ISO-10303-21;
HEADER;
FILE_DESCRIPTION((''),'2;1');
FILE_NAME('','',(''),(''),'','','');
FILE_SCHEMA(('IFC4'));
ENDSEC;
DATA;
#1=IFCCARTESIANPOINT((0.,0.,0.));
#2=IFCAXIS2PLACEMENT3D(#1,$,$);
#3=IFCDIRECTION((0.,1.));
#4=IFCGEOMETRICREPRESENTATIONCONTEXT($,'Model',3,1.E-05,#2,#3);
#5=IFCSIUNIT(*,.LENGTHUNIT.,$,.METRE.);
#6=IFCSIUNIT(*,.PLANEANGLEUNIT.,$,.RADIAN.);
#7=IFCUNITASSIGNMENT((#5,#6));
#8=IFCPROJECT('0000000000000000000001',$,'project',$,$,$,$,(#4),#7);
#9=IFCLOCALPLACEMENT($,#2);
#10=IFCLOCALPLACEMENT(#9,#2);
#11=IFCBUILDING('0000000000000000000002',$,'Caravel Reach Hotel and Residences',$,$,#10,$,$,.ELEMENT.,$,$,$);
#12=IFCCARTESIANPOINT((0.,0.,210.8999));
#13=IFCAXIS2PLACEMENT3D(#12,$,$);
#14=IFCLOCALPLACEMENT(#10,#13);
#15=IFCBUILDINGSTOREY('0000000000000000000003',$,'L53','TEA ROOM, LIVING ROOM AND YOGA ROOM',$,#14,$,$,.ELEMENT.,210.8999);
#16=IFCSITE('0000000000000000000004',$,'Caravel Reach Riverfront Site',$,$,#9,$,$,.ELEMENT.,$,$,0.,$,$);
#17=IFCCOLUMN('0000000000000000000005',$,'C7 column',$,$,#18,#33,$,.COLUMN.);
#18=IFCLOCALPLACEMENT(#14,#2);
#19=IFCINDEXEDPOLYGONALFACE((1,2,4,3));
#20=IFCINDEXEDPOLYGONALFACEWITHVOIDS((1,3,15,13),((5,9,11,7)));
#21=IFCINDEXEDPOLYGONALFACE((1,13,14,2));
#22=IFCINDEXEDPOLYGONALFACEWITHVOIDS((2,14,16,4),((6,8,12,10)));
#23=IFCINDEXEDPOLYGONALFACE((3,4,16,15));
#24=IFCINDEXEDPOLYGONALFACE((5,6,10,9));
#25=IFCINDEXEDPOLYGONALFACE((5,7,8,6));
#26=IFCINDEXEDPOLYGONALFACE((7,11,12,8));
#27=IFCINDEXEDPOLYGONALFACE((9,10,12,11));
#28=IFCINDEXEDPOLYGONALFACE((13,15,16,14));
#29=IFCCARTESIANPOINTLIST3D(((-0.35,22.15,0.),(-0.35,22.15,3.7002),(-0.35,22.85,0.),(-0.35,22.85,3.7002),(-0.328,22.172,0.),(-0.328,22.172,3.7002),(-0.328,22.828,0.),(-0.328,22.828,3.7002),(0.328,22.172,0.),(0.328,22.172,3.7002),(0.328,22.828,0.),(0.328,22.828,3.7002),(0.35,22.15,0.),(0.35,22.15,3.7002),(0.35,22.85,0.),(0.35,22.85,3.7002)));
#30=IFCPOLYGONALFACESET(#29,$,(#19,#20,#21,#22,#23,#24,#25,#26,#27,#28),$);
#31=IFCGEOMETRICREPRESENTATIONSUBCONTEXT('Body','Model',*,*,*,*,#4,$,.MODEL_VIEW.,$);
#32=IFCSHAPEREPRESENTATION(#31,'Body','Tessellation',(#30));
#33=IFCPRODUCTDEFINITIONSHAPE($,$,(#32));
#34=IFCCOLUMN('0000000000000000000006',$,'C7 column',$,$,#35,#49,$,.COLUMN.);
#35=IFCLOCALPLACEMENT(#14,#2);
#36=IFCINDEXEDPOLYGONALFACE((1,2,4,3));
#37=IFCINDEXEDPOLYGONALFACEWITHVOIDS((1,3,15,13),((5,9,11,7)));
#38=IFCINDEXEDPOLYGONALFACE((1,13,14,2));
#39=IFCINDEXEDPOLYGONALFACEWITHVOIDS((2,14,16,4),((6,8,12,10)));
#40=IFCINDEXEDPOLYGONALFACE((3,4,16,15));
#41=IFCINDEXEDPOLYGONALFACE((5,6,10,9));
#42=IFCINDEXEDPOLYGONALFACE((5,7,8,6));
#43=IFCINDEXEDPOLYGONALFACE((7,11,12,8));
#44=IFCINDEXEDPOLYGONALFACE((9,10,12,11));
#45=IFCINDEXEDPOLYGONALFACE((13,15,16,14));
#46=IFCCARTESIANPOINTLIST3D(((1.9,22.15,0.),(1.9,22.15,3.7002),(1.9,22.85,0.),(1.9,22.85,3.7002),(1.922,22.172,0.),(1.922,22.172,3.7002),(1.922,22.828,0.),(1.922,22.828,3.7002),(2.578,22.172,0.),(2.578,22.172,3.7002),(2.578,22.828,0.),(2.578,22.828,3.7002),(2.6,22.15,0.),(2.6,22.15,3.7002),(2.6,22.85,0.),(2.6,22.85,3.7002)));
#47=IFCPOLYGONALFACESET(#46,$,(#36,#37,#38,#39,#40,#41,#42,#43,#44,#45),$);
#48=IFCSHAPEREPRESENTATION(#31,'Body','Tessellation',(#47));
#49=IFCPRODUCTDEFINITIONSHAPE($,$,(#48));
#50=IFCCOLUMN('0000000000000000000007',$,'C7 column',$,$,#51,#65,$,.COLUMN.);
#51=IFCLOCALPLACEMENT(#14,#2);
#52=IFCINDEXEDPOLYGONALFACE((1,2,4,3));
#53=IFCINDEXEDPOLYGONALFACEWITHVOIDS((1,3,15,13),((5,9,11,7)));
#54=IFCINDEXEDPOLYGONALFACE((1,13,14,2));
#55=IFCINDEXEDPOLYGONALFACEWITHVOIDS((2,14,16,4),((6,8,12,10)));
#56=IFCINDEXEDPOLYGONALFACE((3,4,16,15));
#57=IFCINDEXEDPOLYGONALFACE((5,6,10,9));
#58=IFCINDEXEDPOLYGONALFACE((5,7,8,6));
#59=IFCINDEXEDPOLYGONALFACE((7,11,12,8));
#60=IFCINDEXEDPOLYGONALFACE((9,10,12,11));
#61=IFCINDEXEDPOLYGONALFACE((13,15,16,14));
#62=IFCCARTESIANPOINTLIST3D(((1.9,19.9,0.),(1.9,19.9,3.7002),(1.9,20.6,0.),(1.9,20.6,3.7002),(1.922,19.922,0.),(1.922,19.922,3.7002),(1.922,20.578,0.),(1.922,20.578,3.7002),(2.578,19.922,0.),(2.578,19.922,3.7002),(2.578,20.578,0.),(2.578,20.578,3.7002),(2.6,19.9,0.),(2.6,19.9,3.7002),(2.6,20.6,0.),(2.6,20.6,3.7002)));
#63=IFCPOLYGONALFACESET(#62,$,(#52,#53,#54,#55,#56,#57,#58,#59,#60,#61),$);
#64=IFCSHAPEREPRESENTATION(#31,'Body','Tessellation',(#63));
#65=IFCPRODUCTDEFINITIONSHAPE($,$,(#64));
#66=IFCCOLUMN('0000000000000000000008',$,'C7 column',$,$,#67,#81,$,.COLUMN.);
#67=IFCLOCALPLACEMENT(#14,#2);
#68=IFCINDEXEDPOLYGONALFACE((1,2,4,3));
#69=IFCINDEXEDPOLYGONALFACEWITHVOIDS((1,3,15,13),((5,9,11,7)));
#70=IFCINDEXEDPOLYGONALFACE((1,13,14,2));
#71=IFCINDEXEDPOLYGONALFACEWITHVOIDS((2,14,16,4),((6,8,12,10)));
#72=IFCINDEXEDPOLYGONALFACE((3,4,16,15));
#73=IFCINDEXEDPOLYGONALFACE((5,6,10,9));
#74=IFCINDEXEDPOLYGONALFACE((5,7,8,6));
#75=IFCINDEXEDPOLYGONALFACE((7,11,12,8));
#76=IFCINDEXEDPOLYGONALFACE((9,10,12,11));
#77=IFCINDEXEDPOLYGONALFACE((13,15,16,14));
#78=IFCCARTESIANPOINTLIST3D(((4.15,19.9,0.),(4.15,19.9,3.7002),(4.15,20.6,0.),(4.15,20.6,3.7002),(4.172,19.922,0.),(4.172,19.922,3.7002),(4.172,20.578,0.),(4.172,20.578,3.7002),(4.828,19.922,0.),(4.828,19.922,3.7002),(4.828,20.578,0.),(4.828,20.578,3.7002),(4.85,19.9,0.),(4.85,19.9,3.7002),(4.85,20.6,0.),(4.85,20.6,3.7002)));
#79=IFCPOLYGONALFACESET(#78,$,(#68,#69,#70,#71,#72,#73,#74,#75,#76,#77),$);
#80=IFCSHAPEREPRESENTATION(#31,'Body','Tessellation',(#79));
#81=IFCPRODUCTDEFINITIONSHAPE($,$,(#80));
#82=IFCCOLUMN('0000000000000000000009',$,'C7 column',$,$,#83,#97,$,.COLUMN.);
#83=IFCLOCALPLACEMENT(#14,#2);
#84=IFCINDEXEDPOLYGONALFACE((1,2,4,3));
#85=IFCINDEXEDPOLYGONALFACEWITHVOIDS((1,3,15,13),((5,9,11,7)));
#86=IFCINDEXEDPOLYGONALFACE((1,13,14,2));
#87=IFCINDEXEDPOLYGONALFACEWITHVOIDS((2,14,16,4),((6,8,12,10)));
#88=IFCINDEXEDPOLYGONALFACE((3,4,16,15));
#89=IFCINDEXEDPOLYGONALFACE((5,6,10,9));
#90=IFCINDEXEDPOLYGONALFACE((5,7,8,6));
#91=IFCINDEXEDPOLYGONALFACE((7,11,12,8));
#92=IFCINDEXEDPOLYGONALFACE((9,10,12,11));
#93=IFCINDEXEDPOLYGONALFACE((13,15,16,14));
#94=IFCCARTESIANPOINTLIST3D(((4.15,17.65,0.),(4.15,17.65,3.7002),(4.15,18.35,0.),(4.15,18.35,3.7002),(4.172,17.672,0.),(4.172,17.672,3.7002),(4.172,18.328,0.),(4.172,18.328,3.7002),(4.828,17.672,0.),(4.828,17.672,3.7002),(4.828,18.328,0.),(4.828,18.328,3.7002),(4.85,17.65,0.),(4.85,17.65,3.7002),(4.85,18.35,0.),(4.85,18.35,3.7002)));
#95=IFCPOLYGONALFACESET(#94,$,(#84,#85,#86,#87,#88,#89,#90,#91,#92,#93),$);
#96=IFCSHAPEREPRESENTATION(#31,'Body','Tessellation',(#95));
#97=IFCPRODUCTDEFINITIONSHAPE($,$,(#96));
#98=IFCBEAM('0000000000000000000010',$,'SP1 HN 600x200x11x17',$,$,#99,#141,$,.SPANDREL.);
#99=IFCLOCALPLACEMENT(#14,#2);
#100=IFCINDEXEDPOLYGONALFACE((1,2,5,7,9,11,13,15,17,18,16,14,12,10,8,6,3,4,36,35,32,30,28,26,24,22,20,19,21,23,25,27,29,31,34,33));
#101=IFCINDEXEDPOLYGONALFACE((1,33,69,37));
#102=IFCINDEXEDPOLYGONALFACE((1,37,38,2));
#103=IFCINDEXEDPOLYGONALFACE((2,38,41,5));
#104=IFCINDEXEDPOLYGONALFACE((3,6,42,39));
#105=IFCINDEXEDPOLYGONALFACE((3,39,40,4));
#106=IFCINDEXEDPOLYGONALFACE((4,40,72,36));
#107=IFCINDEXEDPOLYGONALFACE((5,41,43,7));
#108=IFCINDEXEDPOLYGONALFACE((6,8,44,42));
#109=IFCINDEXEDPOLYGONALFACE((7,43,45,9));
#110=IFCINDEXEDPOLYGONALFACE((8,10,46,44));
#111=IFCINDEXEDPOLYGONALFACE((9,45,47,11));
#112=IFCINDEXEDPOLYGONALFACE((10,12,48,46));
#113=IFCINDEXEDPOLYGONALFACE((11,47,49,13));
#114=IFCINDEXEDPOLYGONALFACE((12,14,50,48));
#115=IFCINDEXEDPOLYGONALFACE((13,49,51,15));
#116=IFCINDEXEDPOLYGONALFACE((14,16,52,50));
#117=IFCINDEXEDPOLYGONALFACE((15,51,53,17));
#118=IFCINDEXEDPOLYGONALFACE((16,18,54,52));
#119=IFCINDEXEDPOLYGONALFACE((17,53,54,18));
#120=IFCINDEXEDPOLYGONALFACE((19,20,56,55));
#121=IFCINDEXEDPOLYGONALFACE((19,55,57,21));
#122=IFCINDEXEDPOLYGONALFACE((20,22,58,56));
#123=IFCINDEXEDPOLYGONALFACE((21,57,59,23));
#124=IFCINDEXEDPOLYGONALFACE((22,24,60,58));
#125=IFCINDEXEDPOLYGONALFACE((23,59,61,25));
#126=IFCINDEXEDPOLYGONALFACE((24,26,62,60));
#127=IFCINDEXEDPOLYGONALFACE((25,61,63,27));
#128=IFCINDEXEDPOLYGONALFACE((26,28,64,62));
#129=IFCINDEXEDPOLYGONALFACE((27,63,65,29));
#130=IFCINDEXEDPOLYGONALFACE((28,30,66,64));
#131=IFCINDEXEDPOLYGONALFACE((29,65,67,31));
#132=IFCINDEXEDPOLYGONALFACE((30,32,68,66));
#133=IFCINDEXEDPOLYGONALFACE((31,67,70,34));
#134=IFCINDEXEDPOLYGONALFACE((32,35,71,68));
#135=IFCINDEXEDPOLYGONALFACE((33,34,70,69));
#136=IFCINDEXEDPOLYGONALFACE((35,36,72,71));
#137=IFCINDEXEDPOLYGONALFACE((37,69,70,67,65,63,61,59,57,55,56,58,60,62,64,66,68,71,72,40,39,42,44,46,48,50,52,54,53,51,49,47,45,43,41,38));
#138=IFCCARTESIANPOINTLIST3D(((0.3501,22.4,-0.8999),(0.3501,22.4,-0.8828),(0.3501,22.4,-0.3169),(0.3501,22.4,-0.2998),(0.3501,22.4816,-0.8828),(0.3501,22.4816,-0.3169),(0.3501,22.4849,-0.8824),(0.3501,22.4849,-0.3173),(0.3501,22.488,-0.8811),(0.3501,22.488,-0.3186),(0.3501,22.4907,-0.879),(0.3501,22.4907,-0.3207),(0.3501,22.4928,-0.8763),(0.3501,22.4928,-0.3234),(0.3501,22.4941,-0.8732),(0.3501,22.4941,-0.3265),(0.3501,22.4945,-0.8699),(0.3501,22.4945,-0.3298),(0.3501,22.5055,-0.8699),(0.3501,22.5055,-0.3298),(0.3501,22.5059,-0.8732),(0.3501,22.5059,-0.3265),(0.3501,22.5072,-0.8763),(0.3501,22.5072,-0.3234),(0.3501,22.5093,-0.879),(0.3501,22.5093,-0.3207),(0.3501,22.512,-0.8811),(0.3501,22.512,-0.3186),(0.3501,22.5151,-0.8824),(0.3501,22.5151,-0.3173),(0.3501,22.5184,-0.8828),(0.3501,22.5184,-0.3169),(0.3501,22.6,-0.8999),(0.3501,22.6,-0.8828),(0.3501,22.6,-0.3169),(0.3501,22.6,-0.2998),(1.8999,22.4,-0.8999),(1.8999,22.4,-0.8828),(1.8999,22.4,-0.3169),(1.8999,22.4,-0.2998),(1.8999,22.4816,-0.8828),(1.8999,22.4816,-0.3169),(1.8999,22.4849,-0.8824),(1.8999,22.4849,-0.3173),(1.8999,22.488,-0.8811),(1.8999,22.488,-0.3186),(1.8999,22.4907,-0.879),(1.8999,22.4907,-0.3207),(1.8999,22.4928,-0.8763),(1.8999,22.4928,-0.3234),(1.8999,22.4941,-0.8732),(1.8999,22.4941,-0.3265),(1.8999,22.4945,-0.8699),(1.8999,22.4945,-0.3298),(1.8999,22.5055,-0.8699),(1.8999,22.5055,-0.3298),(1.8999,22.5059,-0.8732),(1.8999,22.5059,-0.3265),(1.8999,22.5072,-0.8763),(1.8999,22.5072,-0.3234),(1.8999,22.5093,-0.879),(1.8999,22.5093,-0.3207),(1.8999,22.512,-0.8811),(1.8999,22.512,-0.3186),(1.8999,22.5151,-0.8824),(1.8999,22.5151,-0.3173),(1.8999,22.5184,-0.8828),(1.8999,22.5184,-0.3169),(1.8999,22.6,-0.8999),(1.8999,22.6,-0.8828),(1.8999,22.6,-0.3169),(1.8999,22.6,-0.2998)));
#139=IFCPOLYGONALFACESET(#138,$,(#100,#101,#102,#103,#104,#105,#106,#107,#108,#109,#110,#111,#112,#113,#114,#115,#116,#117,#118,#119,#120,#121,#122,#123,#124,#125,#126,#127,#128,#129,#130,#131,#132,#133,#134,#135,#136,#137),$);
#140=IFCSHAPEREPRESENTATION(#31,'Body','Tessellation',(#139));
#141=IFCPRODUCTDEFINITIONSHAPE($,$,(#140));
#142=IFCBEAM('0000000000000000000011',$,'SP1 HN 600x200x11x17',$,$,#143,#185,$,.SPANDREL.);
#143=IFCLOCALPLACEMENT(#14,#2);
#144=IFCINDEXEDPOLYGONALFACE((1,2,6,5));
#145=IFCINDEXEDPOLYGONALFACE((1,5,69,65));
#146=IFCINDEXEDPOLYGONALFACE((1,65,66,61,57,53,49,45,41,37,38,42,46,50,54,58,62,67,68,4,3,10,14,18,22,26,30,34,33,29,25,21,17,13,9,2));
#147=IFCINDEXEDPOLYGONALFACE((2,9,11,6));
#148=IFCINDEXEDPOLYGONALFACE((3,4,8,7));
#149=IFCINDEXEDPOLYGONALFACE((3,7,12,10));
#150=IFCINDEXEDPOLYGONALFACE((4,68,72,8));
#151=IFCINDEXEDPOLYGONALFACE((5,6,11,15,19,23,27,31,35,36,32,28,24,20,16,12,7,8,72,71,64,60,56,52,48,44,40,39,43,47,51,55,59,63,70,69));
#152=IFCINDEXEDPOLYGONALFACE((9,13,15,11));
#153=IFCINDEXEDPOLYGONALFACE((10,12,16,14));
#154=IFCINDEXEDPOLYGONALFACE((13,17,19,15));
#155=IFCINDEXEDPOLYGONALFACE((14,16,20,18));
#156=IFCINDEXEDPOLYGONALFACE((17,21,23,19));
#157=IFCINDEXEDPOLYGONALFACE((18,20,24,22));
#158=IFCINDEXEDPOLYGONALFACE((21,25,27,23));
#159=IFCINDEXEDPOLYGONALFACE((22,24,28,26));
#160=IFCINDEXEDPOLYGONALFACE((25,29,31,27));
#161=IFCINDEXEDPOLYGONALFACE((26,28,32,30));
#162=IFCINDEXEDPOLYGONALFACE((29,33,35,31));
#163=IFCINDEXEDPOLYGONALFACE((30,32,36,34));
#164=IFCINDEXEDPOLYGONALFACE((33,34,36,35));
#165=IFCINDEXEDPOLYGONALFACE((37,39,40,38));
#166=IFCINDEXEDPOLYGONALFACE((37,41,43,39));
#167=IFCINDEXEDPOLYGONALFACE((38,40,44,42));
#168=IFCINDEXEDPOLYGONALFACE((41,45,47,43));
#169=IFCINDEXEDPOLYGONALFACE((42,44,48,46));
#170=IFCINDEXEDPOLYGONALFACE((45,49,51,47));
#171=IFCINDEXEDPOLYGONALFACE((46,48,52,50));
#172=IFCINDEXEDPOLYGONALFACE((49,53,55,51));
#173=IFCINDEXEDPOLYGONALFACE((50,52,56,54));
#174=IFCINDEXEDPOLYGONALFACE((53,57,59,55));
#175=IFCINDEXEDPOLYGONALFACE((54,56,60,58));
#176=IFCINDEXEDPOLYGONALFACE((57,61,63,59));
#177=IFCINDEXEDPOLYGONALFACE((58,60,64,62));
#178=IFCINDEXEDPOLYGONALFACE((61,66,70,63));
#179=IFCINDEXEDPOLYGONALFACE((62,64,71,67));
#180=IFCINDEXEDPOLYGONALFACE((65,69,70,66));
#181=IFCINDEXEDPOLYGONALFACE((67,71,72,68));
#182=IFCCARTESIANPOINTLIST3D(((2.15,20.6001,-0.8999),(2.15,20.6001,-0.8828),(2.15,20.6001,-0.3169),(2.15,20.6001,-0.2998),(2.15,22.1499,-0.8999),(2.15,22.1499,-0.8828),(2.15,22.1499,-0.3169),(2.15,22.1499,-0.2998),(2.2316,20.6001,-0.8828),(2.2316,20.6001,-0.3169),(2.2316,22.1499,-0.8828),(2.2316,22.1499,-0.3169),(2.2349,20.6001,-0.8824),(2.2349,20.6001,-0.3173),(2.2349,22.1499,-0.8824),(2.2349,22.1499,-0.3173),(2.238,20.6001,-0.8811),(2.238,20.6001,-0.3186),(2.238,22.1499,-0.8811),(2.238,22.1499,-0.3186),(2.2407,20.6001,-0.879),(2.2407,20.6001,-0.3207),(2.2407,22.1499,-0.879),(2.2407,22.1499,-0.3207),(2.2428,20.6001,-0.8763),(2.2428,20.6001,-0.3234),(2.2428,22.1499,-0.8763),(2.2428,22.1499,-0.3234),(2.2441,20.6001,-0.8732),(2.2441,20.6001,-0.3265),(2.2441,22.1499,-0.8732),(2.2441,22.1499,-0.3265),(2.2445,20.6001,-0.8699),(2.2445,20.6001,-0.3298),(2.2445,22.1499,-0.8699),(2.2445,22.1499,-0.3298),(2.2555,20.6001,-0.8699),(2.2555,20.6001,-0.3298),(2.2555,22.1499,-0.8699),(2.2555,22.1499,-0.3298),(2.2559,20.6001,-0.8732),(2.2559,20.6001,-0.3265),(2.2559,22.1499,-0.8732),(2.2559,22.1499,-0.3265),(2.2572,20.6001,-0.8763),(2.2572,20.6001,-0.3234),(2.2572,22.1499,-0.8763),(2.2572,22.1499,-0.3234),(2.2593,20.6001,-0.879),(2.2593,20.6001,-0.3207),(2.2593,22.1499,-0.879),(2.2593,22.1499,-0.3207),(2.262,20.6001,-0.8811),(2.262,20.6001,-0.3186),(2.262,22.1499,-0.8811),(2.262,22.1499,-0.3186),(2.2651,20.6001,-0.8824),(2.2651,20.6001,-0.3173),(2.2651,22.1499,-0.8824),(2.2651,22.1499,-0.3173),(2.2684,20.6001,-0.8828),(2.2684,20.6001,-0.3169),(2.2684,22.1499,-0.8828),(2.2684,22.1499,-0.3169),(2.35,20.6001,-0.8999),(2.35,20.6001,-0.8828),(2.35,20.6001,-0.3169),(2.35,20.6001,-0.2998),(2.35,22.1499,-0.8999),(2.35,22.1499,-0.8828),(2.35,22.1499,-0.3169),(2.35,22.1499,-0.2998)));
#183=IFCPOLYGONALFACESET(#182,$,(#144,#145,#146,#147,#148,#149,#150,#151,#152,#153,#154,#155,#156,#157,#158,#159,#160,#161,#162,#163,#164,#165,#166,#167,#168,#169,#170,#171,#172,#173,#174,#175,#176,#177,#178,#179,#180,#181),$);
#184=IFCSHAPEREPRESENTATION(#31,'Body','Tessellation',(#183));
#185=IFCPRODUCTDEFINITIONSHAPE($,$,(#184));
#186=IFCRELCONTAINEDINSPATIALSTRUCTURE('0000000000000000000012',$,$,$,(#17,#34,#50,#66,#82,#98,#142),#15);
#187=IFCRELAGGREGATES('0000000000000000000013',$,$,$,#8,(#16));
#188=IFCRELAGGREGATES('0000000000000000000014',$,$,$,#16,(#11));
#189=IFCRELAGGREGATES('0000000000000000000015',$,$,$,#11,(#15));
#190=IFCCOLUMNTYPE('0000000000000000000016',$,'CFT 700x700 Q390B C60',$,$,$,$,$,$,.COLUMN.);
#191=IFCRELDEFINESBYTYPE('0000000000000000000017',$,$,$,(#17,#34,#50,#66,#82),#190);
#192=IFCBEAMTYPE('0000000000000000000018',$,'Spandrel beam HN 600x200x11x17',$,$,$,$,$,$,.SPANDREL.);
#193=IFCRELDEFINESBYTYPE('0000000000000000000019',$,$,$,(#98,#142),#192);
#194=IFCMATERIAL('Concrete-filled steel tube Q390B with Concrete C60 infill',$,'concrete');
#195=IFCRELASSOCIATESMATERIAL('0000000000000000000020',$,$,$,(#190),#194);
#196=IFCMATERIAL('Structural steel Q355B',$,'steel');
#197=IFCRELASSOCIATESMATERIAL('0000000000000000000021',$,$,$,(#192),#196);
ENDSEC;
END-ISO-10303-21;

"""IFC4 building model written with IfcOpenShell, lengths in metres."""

from ifc_helpers import new_model, si_unit, direction, frame, origin, origin_2d, place, context, subcontext, project, spatial, hollow_rectangle, i_section, extrude, material, material_profile, profile_set, type_object, element, save


model = new_model("IFC4")

# Units and contexts
model_context = context("Model", 3, precision=1e-05, world=origin(), true_north=direction((0.0, 1.0)))
body_context = subcontext(model_context, "Body", "Model", "MODEL_VIEW")
ifc_project = project(units=[si_unit("LENGTHUNIT", "METRE"), si_unit("PLANEANGLEUNIT", "RADIAN")], contexts=[model_context])

# Site, building, storey
site_placement = place(None, origin())
site = spatial("IfcSite", under=ifc_project, at=site_placement, Name="Caravel Reach Riverfront Site", CompositionType="ELEMENT", RefElevation=0.0)
building_placement = place(site_placement, origin())
building = spatial("IfcBuilding", under=site, at=building_placement, Name="Caravel Reach Hotel and Residences", CompositionType="ELEMENT")
storey_placement = place(building_placement, frame((0.0, 0.0, 210.8999)))
storey = spatial("IfcBuildingStorey", under=building, at=storey_placement, Name="L53", Description="TEA ROOM, LIVING ROOM AND YOGA ROOM", CompositionType="ELEMENT", Elevation=210.8999)

# Columns
ifc_material_1 = material(Name="Concrete-filled steel tube Q390B with Concrete C60 infill", Category="concrete")
ifc_material_profile_1 = material_profile(ifc_material_1, hollow_rectangle(XDim=0.7, YDim=0.7, WallThickness=0.022, at=origin_2d()), Name="RHS 700x700x22")
ifc_profile_set_1 = profile_set([ifc_material_profile_1], Name="Concrete-filled steel tube Q390B with Concrete C60 infill")
column_type = type_object("IfcColumnType", Name="CFT 700x700 Q390B C60", PredefinedType="COLUMN", material=ifc_profile_set_1)
for number, where, z_axis, x_axis, name in (
    (1, (0.0, 22.5, 0.0), (0.0, 0.0, 1.0), (1.0, 0.0, 0.0), "C7 column"),
    (2, (2.25, 22.5, 0.0), (0.0, 0.0, 1.0), (1.0, 0.0, 0.0), "C7 column"),
    (3, (2.25, 20.25, 0.0), (0.0, 0.0, 1.0), (1.0, 0.0, 0.0), "C7 column"),
    (4, (4.5, 20.25, 0.0), (0.0, 0.0, 1.0), (1.0, 0.0, 0.0), "C7 column"),
    (5, (4.5, 18.0, 0.0), (0.0, 0.0, 1.0), (1.0, 0.0, 0.0), "C7 column"),
):
    element("IfcColumn", number, at=place(storey_placement, frame(where, z_axis=z_axis, x_axis=x_axis)), inside=storey, type_object=column_type, Name=name, PredefinedType="COLUMN", context=body_context, shape_type="SweptSolid", body=[
        extrude(hollow_rectangle(XDim=0.7, YDim=0.7, WallThickness=0.022, at=origin_2d()), origin(), (0.0, 0.0, 1.0), 3.7002),
    ])

# Beams
ifc_material_2 = material(Name="Structural steel Q355B", Category="steel")
ifc_material_profile_2 = material_profile(ifc_material_2, i_section(OverallWidth=0.2, OverallDepth=0.6001, WebThickness=0.011, FlangeThickness=0.0171, FilletRadius=0.0129, at=origin_2d()), Name="HN 600x200x11x17")
ifc_profile_set_2 = profile_set([ifc_material_profile_2], Name="Structural steel Q355B")
beam_type = type_object("IfcBeamType", Name="Spandrel beam HN 600x200x11x17", PredefinedType="SPANDREL", material=ifc_profile_set_2)
for number, where, z_axis, x_axis, name in (
    (6, (0.3501, 22.5, -0.5999), (1.0, 0.0, 0.0), (0.0, 1.0, 0.0), "SP1 HN 600x200x11x17"),
    (7, (2.25, 22.1499, -0.5999), (0.0, -1.0, 0.0), (1.0, 0.0, 0.0), "SP1 HN 600x200x11x17"),
):
    element("IfcBeam", number, at=place(storey_placement, frame(where, z_axis=z_axis, x_axis=x_axis)), inside=storey, type_object=beam_type, Name=name, PredefinedType="SPANDREL", context=body_context, shape_type="SweptSolid", body=[
        extrude(i_section(OverallWidth=0.2, OverallDepth=0.6001, WebThickness=0.011, FlangeThickness=0.0171, FilletRadius=0.0129, at=origin_2d()), origin(), (0.0, 0.0, 1.0), 1.5498),
    ])

save(model, "model.ifc")
